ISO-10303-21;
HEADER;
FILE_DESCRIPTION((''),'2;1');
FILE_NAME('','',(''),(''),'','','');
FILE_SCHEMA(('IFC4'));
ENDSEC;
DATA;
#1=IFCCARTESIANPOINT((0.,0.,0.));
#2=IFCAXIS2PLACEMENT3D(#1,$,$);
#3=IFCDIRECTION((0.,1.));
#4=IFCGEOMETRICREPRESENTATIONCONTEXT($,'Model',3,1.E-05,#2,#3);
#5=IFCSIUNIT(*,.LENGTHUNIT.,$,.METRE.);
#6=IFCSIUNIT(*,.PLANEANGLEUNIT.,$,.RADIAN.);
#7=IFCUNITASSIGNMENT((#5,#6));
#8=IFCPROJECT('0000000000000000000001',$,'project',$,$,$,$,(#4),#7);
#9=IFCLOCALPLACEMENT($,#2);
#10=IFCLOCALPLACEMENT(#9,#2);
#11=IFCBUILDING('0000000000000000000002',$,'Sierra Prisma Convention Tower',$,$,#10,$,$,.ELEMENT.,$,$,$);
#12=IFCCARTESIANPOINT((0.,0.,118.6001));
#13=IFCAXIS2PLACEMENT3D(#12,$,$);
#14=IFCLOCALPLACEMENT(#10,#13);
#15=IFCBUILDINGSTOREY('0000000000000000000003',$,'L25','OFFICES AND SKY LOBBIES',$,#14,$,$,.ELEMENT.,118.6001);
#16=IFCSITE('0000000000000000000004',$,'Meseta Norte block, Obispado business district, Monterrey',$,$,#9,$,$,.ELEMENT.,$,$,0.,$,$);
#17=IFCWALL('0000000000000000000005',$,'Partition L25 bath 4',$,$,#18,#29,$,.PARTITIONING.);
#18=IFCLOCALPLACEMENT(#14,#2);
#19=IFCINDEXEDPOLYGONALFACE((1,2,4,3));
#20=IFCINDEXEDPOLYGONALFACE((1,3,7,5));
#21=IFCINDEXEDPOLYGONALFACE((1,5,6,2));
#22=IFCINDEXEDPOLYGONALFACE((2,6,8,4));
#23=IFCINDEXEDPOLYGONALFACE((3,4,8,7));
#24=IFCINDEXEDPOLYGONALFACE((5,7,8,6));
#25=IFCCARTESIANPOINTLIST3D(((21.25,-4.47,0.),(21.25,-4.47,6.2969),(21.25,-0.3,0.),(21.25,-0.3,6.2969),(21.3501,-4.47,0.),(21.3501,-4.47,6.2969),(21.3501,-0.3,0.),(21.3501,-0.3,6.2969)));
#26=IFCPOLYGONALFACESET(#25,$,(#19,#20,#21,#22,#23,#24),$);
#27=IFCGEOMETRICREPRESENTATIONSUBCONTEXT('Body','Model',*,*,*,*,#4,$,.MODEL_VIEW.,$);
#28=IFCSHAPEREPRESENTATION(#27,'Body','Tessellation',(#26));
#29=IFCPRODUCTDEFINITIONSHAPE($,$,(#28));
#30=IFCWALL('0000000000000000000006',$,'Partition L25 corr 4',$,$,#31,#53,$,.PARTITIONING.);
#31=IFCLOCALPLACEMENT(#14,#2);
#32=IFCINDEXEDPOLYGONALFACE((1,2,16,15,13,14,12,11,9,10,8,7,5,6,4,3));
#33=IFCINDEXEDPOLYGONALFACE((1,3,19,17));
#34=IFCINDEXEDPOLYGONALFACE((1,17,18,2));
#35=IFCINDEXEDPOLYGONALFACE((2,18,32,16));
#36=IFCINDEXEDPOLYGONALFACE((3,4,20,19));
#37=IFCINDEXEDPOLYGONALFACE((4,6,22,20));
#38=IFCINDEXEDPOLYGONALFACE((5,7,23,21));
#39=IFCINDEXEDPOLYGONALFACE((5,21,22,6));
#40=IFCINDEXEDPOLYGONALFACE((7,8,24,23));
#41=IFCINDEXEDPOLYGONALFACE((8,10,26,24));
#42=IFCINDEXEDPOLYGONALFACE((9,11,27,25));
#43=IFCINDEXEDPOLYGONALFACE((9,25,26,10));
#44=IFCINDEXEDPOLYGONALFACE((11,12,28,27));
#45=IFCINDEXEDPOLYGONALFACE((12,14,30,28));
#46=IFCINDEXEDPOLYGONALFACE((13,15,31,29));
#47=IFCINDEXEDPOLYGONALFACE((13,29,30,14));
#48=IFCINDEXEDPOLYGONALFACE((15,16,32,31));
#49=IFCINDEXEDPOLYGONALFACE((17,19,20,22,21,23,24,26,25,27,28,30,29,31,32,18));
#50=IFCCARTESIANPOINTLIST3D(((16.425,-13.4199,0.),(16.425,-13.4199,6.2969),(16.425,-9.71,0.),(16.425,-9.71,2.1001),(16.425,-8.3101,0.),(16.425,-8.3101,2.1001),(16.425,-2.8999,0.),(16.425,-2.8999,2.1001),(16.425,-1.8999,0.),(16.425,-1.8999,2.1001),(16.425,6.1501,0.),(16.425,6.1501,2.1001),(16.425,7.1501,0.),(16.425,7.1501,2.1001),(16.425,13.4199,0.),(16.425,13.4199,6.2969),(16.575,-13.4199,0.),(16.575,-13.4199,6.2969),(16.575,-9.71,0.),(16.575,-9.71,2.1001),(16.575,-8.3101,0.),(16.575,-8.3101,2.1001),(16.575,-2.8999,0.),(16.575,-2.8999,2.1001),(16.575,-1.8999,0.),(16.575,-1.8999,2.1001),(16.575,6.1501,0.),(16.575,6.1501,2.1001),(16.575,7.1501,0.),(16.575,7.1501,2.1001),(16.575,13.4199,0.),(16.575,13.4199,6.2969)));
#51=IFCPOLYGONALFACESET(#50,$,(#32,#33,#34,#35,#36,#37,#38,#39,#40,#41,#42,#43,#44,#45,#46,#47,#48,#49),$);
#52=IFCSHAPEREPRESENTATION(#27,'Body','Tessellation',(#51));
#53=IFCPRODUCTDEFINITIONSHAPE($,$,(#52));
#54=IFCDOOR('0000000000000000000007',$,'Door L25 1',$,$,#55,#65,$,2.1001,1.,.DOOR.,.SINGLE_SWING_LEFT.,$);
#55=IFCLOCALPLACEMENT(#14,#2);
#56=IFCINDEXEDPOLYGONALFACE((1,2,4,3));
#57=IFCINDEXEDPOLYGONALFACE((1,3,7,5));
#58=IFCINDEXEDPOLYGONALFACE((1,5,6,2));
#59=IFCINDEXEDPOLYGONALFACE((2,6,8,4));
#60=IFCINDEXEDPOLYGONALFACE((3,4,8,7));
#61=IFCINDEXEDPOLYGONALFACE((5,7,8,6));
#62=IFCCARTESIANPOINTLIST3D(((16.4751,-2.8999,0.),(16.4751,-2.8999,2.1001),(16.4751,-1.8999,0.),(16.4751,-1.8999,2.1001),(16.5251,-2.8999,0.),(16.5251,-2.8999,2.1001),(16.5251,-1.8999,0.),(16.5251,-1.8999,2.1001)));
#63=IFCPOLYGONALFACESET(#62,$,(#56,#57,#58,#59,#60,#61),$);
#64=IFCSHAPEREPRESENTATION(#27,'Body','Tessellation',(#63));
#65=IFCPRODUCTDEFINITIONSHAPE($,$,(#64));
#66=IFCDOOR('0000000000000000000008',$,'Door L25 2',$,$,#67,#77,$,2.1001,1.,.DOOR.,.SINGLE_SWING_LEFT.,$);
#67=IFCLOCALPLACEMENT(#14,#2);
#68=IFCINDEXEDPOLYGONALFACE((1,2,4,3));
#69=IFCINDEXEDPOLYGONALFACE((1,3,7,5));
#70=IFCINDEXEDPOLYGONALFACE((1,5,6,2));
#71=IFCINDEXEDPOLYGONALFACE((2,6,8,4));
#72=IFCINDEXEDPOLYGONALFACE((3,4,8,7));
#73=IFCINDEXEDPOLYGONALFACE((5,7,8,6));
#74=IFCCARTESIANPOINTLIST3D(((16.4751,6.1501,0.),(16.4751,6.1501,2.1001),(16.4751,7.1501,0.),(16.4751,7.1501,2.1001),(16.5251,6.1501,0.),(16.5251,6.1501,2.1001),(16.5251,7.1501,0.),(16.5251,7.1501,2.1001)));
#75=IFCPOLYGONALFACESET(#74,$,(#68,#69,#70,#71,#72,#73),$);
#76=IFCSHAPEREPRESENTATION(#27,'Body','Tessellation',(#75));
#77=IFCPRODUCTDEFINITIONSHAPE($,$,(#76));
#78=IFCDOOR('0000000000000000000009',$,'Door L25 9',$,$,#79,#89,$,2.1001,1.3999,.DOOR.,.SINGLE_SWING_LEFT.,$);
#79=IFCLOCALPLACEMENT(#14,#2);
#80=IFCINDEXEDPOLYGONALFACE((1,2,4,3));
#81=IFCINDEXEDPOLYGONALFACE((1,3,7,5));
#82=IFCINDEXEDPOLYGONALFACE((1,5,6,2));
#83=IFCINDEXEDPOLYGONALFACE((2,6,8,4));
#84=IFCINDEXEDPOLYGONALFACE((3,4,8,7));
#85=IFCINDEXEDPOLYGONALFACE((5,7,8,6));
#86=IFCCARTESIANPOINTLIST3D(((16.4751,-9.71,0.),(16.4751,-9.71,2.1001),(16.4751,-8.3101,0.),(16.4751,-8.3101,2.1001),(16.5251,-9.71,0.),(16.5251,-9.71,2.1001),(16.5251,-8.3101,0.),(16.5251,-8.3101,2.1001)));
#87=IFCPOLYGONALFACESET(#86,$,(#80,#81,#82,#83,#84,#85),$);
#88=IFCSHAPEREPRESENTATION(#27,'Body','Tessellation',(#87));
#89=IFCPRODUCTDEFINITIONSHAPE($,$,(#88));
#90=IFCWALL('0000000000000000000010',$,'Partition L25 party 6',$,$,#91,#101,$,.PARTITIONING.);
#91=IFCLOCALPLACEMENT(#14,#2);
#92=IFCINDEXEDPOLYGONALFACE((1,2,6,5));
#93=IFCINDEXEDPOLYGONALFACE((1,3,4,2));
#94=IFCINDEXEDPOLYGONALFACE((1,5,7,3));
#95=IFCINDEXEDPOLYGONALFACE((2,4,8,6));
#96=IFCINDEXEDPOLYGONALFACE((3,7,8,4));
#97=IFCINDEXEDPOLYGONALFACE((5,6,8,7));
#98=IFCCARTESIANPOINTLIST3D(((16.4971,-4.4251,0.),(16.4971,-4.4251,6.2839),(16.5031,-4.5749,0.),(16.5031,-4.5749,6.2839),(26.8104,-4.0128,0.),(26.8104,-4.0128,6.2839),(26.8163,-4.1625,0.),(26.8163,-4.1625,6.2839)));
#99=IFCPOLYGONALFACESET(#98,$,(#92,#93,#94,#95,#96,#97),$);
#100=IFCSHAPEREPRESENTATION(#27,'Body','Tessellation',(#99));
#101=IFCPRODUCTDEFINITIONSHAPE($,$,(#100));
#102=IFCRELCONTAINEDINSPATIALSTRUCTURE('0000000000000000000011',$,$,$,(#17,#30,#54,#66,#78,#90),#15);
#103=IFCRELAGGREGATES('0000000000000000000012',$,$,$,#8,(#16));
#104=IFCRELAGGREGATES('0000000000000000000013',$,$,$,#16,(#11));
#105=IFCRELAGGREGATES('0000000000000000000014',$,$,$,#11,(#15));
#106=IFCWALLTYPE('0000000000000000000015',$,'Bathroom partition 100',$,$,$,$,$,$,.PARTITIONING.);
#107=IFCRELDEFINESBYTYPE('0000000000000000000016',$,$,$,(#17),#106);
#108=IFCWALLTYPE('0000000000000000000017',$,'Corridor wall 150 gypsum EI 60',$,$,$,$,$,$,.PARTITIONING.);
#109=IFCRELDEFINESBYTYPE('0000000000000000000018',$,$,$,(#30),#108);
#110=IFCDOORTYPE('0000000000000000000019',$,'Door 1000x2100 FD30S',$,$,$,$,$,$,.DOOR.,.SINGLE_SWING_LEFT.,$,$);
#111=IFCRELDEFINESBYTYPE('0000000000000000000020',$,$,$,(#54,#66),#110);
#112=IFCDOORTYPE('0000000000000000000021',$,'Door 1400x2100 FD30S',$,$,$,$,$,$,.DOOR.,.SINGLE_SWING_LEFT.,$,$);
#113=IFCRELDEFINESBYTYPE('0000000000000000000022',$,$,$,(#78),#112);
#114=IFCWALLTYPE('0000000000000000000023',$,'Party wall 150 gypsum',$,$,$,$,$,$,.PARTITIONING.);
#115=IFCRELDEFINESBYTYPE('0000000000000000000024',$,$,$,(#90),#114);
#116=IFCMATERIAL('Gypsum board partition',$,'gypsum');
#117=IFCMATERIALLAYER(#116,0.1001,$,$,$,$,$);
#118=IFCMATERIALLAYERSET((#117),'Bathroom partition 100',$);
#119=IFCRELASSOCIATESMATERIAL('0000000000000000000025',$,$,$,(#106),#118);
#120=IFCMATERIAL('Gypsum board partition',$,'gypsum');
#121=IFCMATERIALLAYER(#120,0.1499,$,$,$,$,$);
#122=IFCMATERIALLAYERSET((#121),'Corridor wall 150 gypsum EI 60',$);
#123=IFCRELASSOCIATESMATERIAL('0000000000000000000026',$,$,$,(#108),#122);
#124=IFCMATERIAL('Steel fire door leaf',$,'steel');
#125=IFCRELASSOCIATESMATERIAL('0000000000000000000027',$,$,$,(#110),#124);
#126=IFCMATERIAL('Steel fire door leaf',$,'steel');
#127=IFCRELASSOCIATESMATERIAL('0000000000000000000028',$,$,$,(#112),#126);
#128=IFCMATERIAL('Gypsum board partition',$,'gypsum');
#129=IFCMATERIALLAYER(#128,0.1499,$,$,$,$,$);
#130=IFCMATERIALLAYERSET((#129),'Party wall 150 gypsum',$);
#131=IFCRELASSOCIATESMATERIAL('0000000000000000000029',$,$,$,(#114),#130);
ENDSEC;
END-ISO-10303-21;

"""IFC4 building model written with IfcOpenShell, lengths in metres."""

from ifc_helpers import new_model, si_unit, direction, frame, frame_2d, origin, place, context, subcontext, project, spatial, rectangle, extrude, material, layer, layer_set, type_object, element, fill, save


model = new_model("IFC4")

# Units and contexts
model_context = context("Model", 3, precision=1e-05, world=origin(), true_north=direction((0.0, 1.0)))
body_context = subcontext(model_context, "Body", "Model", "MODEL_VIEW")
ifc_project = project(units=[si_unit("LENGTHUNIT", "METRE"), si_unit("PLANEANGLEUNIT", "RADIAN")], contexts=[model_context])

# Site, building, storey
site_placement = place(None, origin())
site = spatial("IfcSite", under=ifc_project, at=site_placement, Name="Meseta Norte block, Obispado business district, Monterrey", CompositionType="ELEMENT", RefElevation=0.0)
building_placement = place(site_placement, origin())
building = spatial("IfcBuilding", under=site, at=building_placement, Name="Sierra Prisma Convention Tower", CompositionType="ELEMENT")
storey_placement = place(building_placement, frame((0.0, 0.0, 118.6001)))
storey = spatial("IfcBuildingStorey", under=building, at=storey_placement, Name="L25", Description="OFFICES AND SKY LOBBIES", CompositionType="ELEMENT", Elevation=118.6001)

# Wall
ifc_material_1 = material(Name="Gypsum board partition", Category="gypsum")
ifc_layer_1 = layer(ifc_material_1, 0.1001)
ifc_layer_set_1 = layer_set([ifc_layer_1], Name="Bathroom partition 100")
wall_type_1 = type_object("IfcWallType", Name="Bathroom partition 100", PredefinedType="PARTITIONING", material=ifc_layer_set_1)
wall_1_placement = place(storey_placement, frame((21.3, -0.3, 0.0), z_axis=(0.0, 0.0, 1.0), x_axis=(0.0, -1.0, 0.0)))
element("IfcWall", 1, at=wall_1_placement, inside=storey, type_object=wall_type_1, Name="Partition L25 bath 4", PredefinedType="PARTITIONING", context=body_context, shape_type="SweptSolid", body=[
    extrude(rectangle(XDim=4.1699, YDim=0.1001, at=frame_2d((2.085, 0.0))), origin(), (0.0, 0.0, 1.0), 6.2969),
])

# Wall, openings, doors
ifc_material_2 = material(Name="Gypsum board partition", Category="gypsum")
ifc_layer_2 = layer(ifc_material_2, 0.1499)
ifc_layer_set_2 = layer_set([ifc_layer_2], Name="Corridor wall 150 gypsum EI 60")
wall_type_2 = type_object("IfcWallType", Name="Corridor wall 150 gypsum EI 60", PredefinedType="PARTITIONING", material=ifc_layer_set_2)
wall_2_placement = place(storey_placement, frame((16.5, -13.4199, 0.0), z_axis=(0.0, 0.0, 1.0), x_axis=(0.0, 1.0, 0.0)))
wall_2 = element("IfcWall", 2, at=wall_2_placement, inside=storey, type_object=wall_type_2, Name="Partition L25 corr 4", PredefinedType="PARTITIONING", context=body_context, shape_type="SweptSolid", body=[
    extrude(rectangle(XDim=26.8398, YDim=0.1499, at=frame_2d((13.4199, 0.0))), origin(), (0.0, 0.0, 1.0), 6.2969),
])
opening_1_placement = place(wall_2_placement, frame((10.52, 0.0, 0.0)))
opening_1 = element("IfcOpeningElement", 3, at=opening_1_placement, cuts=wall_2, PredefinedType="OPENING", context=body_context, shape_type="SweptSolid", body=[
    extrude(rectangle(XDim=1.0, YDim=2.1001, at=frame_2d((0.5, 1.05))), frame((0.0, 0.075, 0.0), z_axis=(0.0, -1.0, 0.0), x_axis=(1.0, 0.0, 0.0)), (0.0, 0.0, 1.0), 0.1499),
])
opening_2_placement = place(wall_2_placement, frame((19.5701, 0.0, 0.0)))
opening_2 = element("IfcOpeningElement", 4, at=opening_2_placement, cuts=wall_2, PredefinedType="OPENING", context=body_context, shape_type="SweptSolid", body=[
    extrude(rectangle(XDim=1.0, YDim=2.1001, at=frame_2d((0.5, 1.05))), frame((0.0, 0.075, 0.0), z_axis=(0.0, -1.0, 0.0), x_axis=(1.0, 0.0, 0.0)), (0.0, 0.0, 1.0), 0.1499),
])
opening_3_placement = place(wall_2_placement, frame((3.71, 0.0, 0.0)))
opening_3 = element("IfcOpeningElement", 5, at=opening_3_placement, cuts=wall_2, PredefinedType="OPENING", context=body_context, shape_type="SweptSolid", body=[
    extrude(rectangle(XDim=1.3999, YDim=2.1001, at=frame_2d((0.7, 1.05))), frame((0.0, 0.075, 0.0), z_axis=(0.0, -1.0, 0.0), x_axis=(1.0, 0.0, 0.0)), (0.0, 0.0, 1.0), 0.1499),
])
ifc_material_3 = material(Name="Steel fire door leaf", Category="steel")
door_type_1 = type_object("IfcDoorType", Name="Door 1000x2100 FD30S", OperationType="SINGLE_SWING_LEFT", PredefinedType="DOOR", material=ifc_material_3)
door_1_placement = place(opening_1_placement, origin())
door_1 = element("IfcDoor", 6, at=door_1_placement, inside=storey, type_object=door_type_1, Name="Door L25 1", OperationType="SINGLE_SWING_LEFT", OverallHeight=2.1001, OverallWidth=1.0, PredefinedType="DOOR", context=body_context, shape_type="SweptSolid", body=[
    extrude(rectangle(XDim=1.0, YDim=2.1001, at=frame_2d((0.5, 1.05))), frame((0.0, 0.0249, 0.0), z_axis=(0.0, -1.0, 0.0), x_axis=(1.0, 0.0, 0.0)), (0.0, 0.0, 1.0), 0.05),
])
fill(opening_1, door_1)
door_2_placement = place(opening_2_placement, origin())
door_2 = element("IfcDoor", 7, at=door_2_placement, inside=storey, type_object=door_type_1, Name="Door L25 2", OperationType="SINGLE_SWING_LEFT", OverallHeight=2.1001, OverallWidth=1.0, PredefinedType="DOOR", context=body_context, shape_type="SweptSolid", body=[
    extrude(rectangle(XDim=1.0, YDim=2.1001, at=frame_2d((0.5, 1.05))), frame((0.0, 0.0249, 0.0), z_axis=(0.0, -1.0, 0.0), x_axis=(1.0, 0.0, 0.0)), (0.0, 0.0, 1.0), 0.05),
])
fill(opening_2, door_2)
ifc_material_4 = material(Name="Steel fire door leaf", Category="steel")
door_type_2 = type_object("IfcDoorType", Name="Door 1400x2100 FD30S", OperationType="SINGLE_SWING_LEFT", PredefinedType="DOOR", material=ifc_material_4)
door_3_placement = place(opening_3_placement, origin())
door_3 = element("IfcDoor", 8, at=door_3_placement, inside=storey, type_object=door_type_2, Name="Door L25 9", OperationType="SINGLE_SWING_LEFT", OverallHeight=2.1001, OverallWidth=1.3999, PredefinedType="DOOR", context=body_context, shape_type="SweptSolid", body=[
    extrude(rectangle(XDim=1.3999, YDim=2.1001, at=frame_2d((0.7, 1.05))), frame((0.0, 0.0249, 0.0), z_axis=(0.0, -1.0, 0.0), x_axis=(1.0, 0.0, 0.0)), (0.0, 0.0, 1.0), 0.05),
])
fill(opening_3, door_3)

# Wall
ifc_material_5 = material(Name="Gypsum board partition", Category="gypsum")
ifc_layer_3 = layer(ifc_material_5, 0.1499)
ifc_layer_set_3 = layer_set([ifc_layer_3], Name="Party wall 150 gypsum")
wall_type_3 = type_object("IfcWallType", Name="Party wall 150 gypsum", PredefinedType="PARTITIONING", material=ifc_layer_set_3)
wall_3_placement = place(storey_placement, frame((26.8132, -4.0876, 0.0), z_axis=(0.0, 0.0, 1.0), x_axis=(-0.999202, -0.039951, 0.0)))
element("IfcWall", 9, at=wall_3_placement, inside=storey, type_object=wall_type_3, Name="Partition L25 party 6", PredefinedType="PARTITIONING", context=body_context, shape_type="SweptSolid", body=[
    extrude(rectangle(XDim=10.3215, YDim=0.1499, at=frame_2d((5.1606, 0.0))), origin(), (0.0, 0.0, 1.0), 6.2839),
])

save(model, "model.ifc")
